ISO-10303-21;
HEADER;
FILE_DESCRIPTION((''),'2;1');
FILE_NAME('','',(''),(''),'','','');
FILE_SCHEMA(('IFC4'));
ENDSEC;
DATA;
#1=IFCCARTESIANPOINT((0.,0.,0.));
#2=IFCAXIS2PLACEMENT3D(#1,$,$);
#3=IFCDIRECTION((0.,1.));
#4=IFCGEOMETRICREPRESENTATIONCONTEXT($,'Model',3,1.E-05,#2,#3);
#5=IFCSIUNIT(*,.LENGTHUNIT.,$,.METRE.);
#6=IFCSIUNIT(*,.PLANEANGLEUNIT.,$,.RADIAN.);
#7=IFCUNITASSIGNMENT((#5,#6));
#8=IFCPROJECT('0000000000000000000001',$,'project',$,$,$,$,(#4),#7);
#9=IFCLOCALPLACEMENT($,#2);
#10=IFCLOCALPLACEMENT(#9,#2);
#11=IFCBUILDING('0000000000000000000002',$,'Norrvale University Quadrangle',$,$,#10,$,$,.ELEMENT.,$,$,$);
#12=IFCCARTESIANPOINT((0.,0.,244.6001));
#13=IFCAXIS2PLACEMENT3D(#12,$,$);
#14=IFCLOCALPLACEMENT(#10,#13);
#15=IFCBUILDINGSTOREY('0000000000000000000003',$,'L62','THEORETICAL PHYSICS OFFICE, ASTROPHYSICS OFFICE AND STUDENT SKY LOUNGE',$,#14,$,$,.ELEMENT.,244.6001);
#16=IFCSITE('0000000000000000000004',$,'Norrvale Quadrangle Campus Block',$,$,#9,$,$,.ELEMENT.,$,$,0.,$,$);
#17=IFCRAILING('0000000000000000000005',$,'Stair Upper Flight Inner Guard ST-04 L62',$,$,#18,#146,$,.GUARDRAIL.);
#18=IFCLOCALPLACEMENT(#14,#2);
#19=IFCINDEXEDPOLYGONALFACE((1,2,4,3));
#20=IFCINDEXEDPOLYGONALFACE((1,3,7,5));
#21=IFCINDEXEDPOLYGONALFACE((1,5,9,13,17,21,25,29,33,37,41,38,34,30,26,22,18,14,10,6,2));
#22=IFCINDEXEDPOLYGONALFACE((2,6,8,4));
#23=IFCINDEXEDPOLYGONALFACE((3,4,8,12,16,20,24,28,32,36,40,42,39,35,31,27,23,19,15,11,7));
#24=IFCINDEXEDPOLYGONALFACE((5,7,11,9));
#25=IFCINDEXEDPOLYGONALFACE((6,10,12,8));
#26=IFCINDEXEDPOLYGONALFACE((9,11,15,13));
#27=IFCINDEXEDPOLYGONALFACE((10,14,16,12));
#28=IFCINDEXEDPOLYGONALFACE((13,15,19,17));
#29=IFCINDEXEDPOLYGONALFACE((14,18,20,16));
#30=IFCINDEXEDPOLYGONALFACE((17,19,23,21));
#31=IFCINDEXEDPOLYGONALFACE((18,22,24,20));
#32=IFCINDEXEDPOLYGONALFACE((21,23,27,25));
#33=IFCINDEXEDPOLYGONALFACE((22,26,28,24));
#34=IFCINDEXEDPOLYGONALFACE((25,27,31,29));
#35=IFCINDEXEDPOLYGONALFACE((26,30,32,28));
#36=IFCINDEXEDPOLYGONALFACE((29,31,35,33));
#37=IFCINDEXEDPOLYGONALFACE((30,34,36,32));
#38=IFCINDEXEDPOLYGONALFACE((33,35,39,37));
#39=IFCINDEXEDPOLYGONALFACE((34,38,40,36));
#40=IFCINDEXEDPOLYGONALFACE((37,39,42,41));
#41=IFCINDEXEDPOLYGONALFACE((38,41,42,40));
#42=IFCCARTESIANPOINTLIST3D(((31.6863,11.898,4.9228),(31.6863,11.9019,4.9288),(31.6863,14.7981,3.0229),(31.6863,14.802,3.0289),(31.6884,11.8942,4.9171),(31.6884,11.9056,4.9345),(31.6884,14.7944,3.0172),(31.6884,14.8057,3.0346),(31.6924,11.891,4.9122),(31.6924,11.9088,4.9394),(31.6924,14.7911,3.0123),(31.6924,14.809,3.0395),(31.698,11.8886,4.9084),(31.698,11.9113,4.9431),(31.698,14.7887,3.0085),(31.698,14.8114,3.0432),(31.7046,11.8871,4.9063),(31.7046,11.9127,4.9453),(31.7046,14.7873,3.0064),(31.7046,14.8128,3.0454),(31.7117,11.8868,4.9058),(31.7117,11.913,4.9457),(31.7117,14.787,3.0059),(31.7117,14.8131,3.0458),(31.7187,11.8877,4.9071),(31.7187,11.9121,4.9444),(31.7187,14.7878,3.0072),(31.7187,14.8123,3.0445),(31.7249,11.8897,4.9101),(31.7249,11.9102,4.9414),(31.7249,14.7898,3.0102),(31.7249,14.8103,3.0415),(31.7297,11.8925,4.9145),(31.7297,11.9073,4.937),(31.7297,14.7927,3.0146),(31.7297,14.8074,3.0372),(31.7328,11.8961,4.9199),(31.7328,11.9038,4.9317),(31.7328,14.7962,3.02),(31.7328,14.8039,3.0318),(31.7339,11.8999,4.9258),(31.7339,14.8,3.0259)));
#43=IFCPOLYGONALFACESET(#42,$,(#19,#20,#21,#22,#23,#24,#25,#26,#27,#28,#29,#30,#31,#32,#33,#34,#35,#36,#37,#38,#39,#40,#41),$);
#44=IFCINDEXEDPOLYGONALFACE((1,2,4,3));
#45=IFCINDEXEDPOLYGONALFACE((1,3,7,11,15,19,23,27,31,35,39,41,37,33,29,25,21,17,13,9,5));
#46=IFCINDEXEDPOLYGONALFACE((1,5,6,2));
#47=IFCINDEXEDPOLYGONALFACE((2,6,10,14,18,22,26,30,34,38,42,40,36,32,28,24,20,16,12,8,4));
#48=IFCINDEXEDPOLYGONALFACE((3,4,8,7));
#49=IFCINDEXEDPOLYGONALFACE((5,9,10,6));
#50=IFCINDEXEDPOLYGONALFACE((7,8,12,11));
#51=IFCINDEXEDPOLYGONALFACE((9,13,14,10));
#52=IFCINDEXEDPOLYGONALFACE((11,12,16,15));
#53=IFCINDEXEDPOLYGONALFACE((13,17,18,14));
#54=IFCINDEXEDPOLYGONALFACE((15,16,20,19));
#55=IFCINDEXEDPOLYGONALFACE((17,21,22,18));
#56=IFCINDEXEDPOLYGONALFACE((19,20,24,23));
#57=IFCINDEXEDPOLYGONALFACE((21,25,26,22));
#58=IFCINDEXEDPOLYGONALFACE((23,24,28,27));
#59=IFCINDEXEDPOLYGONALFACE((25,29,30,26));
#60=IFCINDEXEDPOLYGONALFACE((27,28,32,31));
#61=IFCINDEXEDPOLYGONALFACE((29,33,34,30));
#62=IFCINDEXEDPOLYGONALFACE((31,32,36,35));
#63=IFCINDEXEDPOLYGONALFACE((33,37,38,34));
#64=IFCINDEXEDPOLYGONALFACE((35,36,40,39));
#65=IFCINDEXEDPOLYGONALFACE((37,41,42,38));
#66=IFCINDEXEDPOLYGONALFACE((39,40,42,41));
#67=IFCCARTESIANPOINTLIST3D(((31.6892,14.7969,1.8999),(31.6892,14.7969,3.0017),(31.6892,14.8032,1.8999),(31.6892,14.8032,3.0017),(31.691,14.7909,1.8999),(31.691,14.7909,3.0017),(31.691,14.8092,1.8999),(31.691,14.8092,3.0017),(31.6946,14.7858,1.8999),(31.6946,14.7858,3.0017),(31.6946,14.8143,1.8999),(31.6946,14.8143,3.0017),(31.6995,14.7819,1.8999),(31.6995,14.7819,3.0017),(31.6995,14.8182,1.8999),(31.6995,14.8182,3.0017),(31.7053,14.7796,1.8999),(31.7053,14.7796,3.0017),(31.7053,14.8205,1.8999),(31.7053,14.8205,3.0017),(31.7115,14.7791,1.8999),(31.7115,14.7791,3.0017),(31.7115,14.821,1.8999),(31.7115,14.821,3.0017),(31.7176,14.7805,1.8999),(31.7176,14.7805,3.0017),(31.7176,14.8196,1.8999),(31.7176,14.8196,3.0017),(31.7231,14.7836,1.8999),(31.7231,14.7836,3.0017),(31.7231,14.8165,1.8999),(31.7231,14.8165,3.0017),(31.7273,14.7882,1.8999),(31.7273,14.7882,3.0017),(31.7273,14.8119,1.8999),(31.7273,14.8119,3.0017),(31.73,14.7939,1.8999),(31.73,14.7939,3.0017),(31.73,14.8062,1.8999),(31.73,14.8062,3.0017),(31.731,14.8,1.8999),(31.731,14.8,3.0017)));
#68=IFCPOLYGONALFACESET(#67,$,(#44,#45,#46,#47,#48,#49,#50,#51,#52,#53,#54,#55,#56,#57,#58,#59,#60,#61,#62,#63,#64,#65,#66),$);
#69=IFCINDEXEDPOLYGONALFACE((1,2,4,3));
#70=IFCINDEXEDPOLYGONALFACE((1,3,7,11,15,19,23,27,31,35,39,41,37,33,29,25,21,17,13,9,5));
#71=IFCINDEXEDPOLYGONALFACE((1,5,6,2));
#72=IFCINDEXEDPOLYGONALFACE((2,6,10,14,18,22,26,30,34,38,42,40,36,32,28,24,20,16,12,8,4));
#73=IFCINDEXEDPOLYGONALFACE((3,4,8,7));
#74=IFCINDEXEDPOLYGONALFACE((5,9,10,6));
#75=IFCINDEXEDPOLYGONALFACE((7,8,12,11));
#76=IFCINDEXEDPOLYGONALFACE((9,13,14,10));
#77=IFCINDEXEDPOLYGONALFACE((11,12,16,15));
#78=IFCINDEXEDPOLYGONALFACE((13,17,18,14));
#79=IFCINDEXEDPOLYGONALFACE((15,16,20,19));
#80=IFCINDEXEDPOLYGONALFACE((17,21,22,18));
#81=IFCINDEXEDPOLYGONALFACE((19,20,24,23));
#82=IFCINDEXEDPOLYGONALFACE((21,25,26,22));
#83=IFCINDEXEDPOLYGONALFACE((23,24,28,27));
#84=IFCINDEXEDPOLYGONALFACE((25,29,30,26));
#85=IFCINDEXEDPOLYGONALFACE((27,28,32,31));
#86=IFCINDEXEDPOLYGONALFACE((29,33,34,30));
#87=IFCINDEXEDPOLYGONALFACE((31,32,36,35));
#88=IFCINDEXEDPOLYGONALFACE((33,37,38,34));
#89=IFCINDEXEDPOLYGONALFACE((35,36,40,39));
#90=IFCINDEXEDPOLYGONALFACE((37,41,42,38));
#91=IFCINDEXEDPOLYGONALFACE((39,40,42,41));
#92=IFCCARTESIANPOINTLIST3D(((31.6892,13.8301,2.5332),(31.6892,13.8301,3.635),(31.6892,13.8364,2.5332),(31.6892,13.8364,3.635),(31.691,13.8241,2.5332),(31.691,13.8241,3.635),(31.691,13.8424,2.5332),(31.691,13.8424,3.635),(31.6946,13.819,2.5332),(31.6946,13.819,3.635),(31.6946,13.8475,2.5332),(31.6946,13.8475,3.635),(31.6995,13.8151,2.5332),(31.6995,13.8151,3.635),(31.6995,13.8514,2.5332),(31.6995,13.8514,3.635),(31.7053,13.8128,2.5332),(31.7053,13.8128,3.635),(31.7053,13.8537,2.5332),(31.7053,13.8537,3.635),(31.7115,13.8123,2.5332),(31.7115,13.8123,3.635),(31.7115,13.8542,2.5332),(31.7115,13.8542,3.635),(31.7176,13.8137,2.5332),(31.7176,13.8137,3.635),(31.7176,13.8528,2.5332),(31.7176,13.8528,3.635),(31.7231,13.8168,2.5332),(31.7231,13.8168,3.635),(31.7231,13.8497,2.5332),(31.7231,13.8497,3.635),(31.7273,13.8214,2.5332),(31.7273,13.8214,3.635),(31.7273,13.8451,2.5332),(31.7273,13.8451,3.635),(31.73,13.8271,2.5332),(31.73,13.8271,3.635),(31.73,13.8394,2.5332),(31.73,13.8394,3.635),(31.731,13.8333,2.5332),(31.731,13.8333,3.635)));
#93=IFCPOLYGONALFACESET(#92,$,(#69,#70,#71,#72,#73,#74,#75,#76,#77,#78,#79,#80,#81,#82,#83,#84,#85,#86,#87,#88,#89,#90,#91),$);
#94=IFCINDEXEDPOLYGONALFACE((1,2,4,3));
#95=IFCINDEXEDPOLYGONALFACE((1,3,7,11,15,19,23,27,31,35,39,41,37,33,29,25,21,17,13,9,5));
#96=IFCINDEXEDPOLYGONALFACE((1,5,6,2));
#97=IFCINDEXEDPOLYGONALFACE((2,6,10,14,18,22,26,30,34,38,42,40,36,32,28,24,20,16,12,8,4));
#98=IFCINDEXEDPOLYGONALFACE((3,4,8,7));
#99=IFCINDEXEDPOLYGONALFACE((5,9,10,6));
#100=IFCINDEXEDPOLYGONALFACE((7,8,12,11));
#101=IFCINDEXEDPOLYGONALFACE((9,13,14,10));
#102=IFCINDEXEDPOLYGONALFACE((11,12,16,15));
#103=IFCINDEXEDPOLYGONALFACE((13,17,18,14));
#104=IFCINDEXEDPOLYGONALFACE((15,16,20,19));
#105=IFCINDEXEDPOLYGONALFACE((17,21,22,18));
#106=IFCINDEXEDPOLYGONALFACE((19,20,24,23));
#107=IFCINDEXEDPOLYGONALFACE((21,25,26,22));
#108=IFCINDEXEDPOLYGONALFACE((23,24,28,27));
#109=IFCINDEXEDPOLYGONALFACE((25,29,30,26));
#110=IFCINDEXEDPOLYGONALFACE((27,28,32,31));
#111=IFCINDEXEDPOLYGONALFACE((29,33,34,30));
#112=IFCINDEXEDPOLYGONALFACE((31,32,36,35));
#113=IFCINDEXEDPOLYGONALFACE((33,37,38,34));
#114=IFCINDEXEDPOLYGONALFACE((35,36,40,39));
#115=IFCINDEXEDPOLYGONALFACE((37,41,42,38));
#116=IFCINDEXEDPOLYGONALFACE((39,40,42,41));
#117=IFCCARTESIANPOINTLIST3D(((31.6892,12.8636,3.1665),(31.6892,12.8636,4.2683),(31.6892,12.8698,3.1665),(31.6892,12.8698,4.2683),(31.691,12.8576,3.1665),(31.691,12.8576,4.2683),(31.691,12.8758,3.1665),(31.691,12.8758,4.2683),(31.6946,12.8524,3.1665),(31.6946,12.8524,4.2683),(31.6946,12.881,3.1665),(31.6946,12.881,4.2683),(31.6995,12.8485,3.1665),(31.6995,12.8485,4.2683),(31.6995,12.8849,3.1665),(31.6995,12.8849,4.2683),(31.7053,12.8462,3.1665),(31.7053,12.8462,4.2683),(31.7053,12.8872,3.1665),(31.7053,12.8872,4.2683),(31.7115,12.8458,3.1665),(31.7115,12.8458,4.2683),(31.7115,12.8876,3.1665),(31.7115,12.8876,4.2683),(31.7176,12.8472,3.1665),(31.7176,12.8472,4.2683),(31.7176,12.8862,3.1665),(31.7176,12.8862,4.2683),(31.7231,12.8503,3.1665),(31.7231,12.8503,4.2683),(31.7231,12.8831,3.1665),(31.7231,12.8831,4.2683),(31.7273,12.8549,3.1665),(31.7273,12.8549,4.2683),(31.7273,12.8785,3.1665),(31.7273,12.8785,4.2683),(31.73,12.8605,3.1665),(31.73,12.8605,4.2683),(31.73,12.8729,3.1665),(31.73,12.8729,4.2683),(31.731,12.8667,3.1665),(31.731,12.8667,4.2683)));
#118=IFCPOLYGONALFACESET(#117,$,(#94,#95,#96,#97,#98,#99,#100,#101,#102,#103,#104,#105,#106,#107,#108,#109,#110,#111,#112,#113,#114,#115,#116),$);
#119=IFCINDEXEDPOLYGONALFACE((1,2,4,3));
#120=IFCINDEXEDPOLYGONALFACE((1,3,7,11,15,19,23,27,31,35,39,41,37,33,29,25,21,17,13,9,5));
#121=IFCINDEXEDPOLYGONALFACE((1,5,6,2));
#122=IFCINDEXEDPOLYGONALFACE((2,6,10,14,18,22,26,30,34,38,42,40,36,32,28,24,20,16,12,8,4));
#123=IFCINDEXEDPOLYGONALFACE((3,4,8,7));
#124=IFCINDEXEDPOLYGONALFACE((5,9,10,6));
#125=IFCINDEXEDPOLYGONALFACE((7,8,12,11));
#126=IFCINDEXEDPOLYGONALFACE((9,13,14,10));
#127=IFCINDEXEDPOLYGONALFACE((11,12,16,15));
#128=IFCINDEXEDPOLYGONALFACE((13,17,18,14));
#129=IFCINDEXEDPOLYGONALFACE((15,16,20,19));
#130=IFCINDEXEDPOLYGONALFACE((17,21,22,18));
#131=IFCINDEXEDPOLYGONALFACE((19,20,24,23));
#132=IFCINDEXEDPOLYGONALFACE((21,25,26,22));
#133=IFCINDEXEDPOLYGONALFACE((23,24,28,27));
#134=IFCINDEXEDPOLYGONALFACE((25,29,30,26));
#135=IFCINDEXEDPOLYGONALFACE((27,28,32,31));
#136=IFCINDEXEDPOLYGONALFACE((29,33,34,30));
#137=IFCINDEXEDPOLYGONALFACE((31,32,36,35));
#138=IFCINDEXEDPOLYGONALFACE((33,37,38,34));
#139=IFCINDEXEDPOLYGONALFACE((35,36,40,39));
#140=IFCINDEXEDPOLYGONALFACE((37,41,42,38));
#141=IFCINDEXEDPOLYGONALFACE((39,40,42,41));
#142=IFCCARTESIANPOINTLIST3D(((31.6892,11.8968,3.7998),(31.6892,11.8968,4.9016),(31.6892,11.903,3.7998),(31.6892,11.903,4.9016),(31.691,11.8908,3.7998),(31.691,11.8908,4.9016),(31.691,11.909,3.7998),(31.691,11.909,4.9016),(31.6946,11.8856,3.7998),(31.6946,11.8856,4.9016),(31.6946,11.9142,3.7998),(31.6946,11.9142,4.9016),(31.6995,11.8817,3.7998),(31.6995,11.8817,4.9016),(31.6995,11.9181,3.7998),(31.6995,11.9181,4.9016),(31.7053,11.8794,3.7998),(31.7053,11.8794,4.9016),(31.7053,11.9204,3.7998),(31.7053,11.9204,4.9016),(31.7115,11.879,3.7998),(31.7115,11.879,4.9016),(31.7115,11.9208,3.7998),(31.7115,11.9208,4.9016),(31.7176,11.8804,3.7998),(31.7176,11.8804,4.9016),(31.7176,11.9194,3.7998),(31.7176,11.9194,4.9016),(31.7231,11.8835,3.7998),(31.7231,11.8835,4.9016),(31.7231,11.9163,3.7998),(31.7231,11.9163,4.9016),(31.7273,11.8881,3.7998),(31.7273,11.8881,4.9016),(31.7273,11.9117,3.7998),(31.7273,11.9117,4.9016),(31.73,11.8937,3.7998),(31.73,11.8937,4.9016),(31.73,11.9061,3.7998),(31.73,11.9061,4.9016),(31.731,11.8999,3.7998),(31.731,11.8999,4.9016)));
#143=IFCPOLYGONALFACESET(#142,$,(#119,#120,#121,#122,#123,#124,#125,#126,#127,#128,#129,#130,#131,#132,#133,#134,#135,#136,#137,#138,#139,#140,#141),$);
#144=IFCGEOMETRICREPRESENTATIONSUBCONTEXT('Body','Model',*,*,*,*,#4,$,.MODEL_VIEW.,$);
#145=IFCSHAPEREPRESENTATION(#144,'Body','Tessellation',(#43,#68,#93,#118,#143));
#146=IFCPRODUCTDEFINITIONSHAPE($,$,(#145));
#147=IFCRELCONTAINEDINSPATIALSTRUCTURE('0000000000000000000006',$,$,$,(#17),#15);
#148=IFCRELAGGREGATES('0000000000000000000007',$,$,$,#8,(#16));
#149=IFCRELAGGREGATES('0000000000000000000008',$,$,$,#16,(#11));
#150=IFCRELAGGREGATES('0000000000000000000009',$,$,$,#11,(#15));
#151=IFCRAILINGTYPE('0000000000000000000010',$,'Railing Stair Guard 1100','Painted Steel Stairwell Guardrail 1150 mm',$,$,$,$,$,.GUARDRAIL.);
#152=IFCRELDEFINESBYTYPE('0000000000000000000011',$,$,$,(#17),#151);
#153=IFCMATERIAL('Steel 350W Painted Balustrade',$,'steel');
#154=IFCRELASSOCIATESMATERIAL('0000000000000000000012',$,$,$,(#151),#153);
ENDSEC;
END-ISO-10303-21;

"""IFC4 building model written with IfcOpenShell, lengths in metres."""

from ifc_helpers import new_model, si_unit, direction, frame, origin, origin_2d, place, context, subcontext, project, spatial, circle, extrude, material, type_object, element, save


model = new_model("IFC4")

# Units and contexts
model_context = context("Model", 3, precision=1e-05, world=origin(), true_north=direction((0.0, 1.0)))
body_context = subcontext(model_context, "Body", "Model", "MODEL_VIEW")
ifc_project = project(units=[si_unit("LENGTHUNIT", "METRE"), si_unit("PLANEANGLEUNIT", "RADIAN")], contexts=[model_context])

# Site, building, storey
site_placement = place(None, origin())
site = spatial("IfcSite", under=ifc_project, at=site_placement, Name="Norrvale Quadrangle Campus Block", CompositionType="ELEMENT", RefElevation=0.0)
building_placement = place(site_placement, origin())
building = spatial("IfcBuilding", under=site, at=building_placement, Name="Norrvale University Quadrangle", CompositionType="ELEMENT")
storey_placement = place(building_placement, frame((0.0, 0.0, 244.6001)))
storey = spatial("IfcBuildingStorey", under=building, at=storey_placement, Name="L62", Description="THEORETICAL PHYSICS OFFICE, ASTROPHYSICS OFFICE AND STUDENT SKY LOUNGE", CompositionType="ELEMENT", Elevation=244.6001)

# Railing
ifc_material_1 = material(Name="Steel 350W Painted Balustrade", Category="steel")
railing_type_1 = type_object("IfcRailingType", Name="Railing Stair Guard 1100", Description="Painted Steel Stairwell Guardrail 1150 mm", PredefinedType="GUARDRAIL", material=ifc_material_1)
railing_1_placement = place(storey_placement, frame((31.71, 14.8, 1.8999)))
element("IfcRailing", 1, at=railing_1_placement, inside=storey, type_object=railing_type_1, Name="Stair Upper Flight Inner Guard ST-04 L62", PredefinedType="GUARDRAIL", context=body_context, shape_type="SweptSolid", body=[
    extrude(circle(Radius=0.0239, at=origin_2d()), frame((0.0, 0.0, 1.126), z_axis=(0.0, -0.836487, 0.547987), x_axis=(1.0, 0.0, 0.0)), (0.0, 0.0, 1.0), 3.467),
    extrude(circle(Radius=0.021, at=origin_2d()), origin(), (0.0, 0.0, 1.0), 1.1018),
    extrude(circle(Radius=0.021, at=origin_2d()), frame((0.0, -0.9668, 0.6333)), (0.0, 0.0, 1.0), 1.1018),
    extrude(circle(Radius=0.021, at=origin_2d()), frame((0.0, -1.9333, 1.2666)), (0.0, 0.0, 1.0), 1.1018),
    extrude(circle(Radius=0.021, at=origin_2d()), frame((0.0, -2.9001, 1.8999)), (0.0, 0.0, 1.0), 1.1018),
])

save(model, "model.ifc")
